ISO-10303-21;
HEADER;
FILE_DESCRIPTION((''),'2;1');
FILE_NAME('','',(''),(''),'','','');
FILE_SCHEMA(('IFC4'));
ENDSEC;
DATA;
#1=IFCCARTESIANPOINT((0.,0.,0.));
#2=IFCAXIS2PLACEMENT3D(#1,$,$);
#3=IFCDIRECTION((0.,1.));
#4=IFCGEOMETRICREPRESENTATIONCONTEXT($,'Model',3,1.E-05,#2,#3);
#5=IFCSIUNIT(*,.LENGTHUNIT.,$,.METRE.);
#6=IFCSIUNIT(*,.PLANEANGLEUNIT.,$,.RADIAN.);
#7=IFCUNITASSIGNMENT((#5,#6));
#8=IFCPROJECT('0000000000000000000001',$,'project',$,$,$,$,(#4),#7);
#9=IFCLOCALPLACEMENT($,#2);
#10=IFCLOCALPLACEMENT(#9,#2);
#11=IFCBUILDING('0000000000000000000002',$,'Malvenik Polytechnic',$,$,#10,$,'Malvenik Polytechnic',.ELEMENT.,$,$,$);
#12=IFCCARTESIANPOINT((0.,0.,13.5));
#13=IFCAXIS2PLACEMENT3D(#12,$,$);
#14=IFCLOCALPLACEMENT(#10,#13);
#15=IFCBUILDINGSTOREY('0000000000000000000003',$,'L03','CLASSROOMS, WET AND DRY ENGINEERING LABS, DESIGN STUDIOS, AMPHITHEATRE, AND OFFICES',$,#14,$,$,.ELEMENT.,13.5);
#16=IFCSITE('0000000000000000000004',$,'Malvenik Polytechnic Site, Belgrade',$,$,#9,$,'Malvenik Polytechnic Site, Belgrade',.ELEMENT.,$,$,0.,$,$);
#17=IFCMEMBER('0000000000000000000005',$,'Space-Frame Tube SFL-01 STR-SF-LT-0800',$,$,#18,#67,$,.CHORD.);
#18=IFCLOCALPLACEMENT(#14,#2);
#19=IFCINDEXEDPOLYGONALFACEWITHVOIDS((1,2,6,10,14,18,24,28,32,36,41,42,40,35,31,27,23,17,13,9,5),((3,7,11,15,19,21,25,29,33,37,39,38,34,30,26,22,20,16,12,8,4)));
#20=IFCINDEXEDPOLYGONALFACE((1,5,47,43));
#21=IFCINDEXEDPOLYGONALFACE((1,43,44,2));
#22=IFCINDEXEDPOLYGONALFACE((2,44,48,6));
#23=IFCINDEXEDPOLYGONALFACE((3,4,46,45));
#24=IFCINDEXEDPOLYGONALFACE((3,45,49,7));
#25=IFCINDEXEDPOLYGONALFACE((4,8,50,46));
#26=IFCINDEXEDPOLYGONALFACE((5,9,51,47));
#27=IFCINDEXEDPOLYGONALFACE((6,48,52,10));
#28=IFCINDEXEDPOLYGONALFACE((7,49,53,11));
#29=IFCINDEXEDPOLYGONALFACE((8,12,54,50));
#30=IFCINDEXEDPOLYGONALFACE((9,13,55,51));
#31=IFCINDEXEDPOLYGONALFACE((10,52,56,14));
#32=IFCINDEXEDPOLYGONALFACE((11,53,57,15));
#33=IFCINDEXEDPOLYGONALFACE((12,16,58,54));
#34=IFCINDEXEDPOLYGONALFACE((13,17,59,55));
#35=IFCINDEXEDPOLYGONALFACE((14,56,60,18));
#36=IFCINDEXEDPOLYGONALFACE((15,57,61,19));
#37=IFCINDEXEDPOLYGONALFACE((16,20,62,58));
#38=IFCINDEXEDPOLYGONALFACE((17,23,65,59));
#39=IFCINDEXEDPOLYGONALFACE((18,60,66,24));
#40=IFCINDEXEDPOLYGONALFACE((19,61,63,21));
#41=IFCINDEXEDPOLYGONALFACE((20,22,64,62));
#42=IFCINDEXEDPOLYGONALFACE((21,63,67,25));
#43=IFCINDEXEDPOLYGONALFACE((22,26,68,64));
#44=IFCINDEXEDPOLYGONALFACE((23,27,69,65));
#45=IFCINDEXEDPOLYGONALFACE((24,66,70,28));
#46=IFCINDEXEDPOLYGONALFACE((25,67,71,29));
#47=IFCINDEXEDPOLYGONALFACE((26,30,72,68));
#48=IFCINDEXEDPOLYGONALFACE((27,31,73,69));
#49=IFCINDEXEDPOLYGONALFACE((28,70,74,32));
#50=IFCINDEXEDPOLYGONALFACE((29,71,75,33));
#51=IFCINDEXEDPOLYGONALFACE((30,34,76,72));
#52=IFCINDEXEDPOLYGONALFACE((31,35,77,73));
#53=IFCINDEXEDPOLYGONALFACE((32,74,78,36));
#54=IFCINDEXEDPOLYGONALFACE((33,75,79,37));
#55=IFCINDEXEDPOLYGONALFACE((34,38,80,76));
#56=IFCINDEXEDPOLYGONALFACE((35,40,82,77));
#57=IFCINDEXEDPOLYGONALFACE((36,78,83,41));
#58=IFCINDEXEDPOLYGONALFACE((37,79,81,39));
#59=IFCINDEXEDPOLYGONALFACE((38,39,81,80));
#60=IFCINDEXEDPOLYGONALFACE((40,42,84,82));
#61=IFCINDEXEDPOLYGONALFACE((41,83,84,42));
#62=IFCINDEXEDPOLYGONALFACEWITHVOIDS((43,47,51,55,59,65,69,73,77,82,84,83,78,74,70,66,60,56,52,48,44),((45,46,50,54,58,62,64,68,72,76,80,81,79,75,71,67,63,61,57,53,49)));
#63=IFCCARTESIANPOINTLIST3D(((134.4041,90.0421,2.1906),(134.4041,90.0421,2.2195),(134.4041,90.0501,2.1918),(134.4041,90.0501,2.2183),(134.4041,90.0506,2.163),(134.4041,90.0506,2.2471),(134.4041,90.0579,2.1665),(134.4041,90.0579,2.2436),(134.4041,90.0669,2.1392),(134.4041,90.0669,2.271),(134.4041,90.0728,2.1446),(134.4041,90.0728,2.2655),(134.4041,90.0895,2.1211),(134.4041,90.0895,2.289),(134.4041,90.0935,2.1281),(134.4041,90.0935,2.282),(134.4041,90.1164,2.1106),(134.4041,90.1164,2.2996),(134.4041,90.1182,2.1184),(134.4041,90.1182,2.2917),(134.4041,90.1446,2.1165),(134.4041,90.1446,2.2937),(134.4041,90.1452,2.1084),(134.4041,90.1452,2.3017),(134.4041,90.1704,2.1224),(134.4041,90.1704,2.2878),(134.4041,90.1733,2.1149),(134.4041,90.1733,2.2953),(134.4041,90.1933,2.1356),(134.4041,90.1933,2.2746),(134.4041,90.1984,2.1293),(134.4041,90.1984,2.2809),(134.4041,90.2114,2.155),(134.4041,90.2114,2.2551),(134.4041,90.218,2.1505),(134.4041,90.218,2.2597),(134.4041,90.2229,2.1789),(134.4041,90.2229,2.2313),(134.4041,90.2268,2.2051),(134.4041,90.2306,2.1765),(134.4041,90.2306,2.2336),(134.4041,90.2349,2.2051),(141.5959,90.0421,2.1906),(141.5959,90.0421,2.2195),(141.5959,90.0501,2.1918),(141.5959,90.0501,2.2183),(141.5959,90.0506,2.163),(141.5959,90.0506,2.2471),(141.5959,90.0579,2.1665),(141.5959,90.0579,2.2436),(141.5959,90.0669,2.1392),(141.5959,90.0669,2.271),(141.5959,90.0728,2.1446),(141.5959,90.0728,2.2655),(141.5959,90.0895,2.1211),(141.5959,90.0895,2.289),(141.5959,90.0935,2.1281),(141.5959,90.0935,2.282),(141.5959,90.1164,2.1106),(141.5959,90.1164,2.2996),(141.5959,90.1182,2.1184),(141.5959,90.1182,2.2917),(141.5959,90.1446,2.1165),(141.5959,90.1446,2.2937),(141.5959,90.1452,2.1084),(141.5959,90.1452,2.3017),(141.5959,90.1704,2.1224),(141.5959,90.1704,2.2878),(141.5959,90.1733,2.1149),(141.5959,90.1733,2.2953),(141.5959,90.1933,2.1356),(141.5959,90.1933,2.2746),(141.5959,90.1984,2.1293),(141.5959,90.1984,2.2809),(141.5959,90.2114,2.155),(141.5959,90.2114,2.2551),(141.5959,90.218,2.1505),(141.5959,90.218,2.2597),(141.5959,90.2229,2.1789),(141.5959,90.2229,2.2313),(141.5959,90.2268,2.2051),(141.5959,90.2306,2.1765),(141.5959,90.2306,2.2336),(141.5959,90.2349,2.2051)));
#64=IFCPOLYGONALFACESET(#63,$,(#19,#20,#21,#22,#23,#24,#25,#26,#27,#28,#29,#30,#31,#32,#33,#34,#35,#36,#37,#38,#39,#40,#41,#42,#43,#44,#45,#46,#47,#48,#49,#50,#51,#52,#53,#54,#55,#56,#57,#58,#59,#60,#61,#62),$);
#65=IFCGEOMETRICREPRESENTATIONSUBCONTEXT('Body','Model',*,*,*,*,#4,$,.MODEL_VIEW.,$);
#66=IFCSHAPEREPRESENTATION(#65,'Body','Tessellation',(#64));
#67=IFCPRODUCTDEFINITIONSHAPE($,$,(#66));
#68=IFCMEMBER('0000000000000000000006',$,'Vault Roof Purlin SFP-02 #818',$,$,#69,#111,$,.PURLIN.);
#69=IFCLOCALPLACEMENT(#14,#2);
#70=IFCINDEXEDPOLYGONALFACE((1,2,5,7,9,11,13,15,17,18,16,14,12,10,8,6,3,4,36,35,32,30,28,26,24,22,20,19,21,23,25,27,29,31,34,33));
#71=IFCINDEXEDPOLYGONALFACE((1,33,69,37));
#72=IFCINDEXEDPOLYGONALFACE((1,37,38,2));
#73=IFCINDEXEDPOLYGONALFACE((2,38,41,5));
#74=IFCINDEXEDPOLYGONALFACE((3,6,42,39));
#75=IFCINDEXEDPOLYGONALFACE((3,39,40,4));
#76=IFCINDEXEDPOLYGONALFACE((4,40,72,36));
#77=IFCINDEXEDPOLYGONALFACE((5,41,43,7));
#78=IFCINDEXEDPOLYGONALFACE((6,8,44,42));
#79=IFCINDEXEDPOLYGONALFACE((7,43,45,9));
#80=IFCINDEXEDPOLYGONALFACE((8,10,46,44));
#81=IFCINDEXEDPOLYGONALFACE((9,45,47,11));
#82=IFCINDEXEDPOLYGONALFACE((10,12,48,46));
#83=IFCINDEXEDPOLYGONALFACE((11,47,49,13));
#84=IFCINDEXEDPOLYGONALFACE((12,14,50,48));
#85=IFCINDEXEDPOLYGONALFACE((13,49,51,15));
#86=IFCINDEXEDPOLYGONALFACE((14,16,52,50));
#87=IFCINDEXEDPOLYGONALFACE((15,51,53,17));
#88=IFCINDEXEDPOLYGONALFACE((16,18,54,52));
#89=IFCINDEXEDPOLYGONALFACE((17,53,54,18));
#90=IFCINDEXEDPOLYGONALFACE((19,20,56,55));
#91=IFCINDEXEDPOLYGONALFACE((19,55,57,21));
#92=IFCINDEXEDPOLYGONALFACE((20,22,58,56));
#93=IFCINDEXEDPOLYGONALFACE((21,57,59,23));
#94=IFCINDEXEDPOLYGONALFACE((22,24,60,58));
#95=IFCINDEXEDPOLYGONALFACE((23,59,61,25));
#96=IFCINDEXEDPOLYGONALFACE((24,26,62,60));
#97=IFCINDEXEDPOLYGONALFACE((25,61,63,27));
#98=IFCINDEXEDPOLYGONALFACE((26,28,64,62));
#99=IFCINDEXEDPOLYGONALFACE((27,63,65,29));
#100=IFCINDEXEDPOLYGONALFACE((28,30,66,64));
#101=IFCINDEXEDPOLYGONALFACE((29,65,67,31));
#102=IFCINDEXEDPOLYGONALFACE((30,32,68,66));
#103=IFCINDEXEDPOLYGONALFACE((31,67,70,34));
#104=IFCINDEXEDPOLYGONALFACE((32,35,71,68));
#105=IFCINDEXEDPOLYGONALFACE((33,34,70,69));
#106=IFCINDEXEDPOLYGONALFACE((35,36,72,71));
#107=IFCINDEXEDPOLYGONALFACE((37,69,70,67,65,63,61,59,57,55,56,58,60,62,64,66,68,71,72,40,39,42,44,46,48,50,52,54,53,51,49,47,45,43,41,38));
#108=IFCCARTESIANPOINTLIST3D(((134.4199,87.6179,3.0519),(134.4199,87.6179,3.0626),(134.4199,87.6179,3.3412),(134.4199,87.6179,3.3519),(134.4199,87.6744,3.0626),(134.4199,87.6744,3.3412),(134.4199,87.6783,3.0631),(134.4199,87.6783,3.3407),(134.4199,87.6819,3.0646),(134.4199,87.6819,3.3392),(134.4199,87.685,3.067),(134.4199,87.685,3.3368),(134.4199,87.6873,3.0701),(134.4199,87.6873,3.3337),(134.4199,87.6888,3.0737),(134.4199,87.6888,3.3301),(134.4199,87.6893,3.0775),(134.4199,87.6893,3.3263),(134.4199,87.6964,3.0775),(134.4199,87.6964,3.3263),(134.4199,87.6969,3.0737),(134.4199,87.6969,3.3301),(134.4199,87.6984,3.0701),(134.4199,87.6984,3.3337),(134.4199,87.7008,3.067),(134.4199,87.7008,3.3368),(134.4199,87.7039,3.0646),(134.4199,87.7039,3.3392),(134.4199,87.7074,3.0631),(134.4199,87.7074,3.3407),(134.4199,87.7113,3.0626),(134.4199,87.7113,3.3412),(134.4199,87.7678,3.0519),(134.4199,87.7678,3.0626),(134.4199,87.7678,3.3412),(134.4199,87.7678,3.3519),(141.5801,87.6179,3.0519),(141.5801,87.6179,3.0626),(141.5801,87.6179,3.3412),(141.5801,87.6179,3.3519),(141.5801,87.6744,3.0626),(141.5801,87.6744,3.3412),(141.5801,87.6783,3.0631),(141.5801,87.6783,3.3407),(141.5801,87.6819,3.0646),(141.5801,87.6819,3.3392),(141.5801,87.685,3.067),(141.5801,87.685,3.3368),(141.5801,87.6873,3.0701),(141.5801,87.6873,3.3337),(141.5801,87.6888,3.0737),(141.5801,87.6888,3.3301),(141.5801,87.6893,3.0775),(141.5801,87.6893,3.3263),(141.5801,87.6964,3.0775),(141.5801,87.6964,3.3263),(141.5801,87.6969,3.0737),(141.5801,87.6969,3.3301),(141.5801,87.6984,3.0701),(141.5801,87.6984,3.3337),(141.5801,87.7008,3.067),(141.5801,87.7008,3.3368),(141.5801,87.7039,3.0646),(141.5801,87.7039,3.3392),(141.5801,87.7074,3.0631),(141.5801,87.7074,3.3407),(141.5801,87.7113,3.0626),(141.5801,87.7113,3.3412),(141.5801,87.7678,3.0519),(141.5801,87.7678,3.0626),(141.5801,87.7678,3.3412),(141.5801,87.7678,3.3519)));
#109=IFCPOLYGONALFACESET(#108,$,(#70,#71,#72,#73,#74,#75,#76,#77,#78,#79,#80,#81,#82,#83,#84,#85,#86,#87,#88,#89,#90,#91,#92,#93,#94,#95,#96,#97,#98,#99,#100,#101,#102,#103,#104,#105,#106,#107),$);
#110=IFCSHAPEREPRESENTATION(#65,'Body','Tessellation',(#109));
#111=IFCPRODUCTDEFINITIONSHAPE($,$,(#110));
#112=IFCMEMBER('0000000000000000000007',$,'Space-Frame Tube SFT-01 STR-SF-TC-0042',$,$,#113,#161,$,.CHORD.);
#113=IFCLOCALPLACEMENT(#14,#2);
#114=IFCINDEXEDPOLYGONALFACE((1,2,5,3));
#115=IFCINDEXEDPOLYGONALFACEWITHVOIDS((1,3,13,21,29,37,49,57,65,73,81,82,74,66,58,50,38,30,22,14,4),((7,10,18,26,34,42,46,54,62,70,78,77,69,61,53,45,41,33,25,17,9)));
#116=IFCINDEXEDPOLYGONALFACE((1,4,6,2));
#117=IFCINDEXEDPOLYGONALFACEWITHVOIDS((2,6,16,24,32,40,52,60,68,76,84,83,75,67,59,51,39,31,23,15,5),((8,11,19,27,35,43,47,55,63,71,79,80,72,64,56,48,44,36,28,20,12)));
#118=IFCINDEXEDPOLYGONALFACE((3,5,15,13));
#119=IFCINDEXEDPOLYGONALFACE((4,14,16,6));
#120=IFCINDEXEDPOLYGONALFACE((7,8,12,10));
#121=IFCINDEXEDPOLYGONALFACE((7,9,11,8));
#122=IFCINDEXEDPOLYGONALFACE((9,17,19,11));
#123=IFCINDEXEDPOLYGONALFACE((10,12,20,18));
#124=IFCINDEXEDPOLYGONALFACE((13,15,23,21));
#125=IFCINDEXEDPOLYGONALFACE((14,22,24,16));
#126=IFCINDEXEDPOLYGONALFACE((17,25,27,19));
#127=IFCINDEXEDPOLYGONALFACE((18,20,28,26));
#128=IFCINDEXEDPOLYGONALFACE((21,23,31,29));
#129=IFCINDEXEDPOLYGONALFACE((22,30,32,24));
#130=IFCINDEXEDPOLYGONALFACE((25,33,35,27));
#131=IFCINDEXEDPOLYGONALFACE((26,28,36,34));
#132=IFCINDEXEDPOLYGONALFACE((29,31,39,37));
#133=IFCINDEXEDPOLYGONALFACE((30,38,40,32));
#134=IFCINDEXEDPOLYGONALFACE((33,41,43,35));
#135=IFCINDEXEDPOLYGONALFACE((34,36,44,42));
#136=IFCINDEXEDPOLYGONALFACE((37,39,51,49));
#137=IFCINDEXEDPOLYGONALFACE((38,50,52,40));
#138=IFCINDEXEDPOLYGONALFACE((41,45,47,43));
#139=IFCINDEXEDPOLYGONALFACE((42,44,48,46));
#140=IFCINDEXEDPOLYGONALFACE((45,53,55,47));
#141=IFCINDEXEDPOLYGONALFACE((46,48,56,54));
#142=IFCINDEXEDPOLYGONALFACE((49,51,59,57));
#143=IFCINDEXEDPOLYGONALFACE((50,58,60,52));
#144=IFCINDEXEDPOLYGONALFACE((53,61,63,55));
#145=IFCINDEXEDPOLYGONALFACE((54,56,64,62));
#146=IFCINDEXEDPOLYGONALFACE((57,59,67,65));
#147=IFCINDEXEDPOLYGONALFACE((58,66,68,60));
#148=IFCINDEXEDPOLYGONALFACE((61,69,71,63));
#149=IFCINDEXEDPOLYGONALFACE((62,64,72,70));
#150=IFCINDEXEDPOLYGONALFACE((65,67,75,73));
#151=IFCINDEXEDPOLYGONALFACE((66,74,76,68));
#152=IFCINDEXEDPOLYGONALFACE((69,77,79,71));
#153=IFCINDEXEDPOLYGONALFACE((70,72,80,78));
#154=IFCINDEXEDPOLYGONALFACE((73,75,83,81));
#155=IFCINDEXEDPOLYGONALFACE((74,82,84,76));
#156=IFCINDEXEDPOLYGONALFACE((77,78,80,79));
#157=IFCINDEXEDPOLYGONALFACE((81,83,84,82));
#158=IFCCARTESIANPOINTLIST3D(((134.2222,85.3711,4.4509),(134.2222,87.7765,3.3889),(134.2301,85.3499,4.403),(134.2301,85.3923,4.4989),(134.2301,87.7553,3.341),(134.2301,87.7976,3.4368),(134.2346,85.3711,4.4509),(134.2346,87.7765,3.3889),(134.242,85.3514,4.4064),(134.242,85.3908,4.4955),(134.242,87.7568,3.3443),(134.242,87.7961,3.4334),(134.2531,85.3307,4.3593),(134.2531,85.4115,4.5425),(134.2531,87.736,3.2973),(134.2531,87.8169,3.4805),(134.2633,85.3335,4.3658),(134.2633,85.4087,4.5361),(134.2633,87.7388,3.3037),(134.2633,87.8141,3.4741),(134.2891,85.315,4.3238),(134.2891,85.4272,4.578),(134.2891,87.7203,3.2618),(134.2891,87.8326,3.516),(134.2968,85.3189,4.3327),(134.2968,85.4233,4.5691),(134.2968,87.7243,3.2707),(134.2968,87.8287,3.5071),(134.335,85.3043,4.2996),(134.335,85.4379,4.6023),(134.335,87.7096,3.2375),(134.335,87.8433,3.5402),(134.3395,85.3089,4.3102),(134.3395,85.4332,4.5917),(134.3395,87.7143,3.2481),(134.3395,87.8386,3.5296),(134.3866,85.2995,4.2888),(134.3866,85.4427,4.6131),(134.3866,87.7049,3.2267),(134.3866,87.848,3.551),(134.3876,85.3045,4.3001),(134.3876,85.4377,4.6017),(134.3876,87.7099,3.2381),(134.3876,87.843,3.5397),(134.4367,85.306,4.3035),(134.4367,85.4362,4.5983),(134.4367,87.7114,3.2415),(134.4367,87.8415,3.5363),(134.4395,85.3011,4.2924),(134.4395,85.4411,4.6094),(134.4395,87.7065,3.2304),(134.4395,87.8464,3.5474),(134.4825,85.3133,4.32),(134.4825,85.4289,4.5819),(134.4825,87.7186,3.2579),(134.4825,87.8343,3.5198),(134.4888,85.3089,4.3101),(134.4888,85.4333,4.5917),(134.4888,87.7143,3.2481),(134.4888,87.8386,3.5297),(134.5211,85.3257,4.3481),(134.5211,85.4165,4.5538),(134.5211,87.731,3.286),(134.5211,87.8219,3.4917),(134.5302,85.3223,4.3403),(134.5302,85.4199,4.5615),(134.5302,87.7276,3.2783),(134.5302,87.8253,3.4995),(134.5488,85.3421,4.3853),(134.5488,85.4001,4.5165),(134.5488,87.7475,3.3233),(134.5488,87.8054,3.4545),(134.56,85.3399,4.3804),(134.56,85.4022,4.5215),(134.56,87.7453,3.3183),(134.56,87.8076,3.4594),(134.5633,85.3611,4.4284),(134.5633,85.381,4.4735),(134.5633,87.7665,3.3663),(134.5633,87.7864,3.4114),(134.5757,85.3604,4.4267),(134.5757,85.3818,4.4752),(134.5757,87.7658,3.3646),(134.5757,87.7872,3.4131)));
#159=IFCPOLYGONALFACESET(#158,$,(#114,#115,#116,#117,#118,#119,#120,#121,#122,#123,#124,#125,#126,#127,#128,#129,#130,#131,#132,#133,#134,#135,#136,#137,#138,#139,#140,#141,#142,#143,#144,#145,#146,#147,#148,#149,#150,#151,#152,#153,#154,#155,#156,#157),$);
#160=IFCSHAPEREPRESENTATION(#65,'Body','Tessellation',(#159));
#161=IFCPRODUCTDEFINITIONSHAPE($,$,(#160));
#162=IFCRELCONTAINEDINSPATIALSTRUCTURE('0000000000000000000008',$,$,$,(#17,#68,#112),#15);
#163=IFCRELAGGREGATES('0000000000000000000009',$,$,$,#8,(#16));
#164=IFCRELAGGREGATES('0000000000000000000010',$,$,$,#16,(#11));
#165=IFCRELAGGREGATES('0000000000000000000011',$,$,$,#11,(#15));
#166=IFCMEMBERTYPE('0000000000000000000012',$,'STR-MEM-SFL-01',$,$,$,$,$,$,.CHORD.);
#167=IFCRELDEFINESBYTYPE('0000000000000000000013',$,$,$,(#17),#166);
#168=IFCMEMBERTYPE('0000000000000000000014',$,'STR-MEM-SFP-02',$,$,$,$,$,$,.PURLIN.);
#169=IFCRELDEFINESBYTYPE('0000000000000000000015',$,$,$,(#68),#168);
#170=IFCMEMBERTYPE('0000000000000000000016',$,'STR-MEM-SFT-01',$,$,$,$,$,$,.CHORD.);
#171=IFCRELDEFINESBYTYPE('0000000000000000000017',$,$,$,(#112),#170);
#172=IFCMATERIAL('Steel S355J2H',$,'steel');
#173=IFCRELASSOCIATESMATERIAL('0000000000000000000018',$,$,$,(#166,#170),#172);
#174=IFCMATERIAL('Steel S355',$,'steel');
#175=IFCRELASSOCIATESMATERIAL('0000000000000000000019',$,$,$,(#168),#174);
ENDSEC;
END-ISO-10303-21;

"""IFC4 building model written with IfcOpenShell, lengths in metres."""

from ifc_helpers import new_model, si_unit, direction, frame, origin, origin_2d, place, context, subcontext, project, spatial, hollow_circle, i_section, extrude, material, material_profile, profile_set, type_object, element, save


model = new_model("IFC4")

# Units and contexts
model_context = context("Model", 3, precision=1e-05, world=origin(), true_north=direction((0.0, 1.0)))
body_context = subcontext(model_context, "Body", "Model", "MODEL_VIEW")
ifc_project = project(units=[si_unit("LENGTHUNIT", "METRE"), si_unit("PLANEANGLEUNIT", "RADIAN")], contexts=[model_context])

# Site, building, storey
site_placement = place(None, origin())
site = spatial("IfcSite", under=ifc_project, at=site_placement, Name="Malvenik Polytechnic Site, Belgrade", LongName="Malvenik Polytechnic Site, Belgrade", CompositionType="ELEMENT", RefElevation=0.0)
building_placement = place(site_placement, origin())
building = spatial("IfcBuilding", under=site, at=building_placement, Name="Malvenik Polytechnic", LongName="Malvenik Polytechnic", CompositionType="ELEMENT")
storey_placement = place(building_placement, frame((0.0, 0.0, 13.5)))
storey = spatial("IfcBuildingStorey", under=building, at=storey_placement, Name="L03", Description="CLASSROOMS, WET AND DRY ENGINEERING LABS, DESIGN STUDIOS, AMPHITHEATRE, AND OFFICES", CompositionType="ELEMENT", Elevation=13.5)

# Members
ifc_material_1 = material(Name="Steel S355J2H", Category="steel")
ifc_material_profile_1 = material_profile(ifc_material_1, hollow_circle(Radius=0.0969, WallThickness=0.0081, at=origin_2d()), Name="CHS 193.7x8.0")
ifc_profile_set_1 = profile_set([ifc_material_profile_1], Name="Steel S355J2H")
member_type_1 = type_object("IfcMemberType", Name="STR-MEM-SFL-01", PredefinedType="CHORD", material=ifc_profile_set_1)
for number, where, z_axis, x_axis, name in (
    (1, (134.4041, 90.1379, 2.2051), (1.0, 0.0, 0.0), (0.0, 1.0, 0.0), "Space-Frame Tube SFL-01 STR-SF-LT-0800"),
):
    element("IfcMember", number, at=place(storey_placement, frame(where, z_axis=z_axis, x_axis=x_axis)), inside=storey, type_object=member_type_1, Name=name, PredefinedType="CHORD", context=body_context, shape_type="SweptSolid", body=[
        extrude(hollow_circle(Radius=0.0969, WallThickness=0.0081, at=origin_2d()), origin(), (0.0, 0.0, 1.0), 7.1919),
    ])
ifc_material_2 = material(Name="Steel S355", Category="steel")
ifc_material_profile_2 = material_profile(ifc_material_2, i_section(OverallWidth=0.1499, OverallDepth=0.3, WebThickness=0.0071, FlangeThickness=0.0107, FilletRadius=0.0149, at=origin_2d()), Name="IPE 300")
ifc_profile_set_2 = profile_set([ifc_material_profile_2], Name="Steel S355")
member_type_2 = type_object("IfcMemberType", Name="STR-MEM-SFP-02", PredefinedType="PURLIN", material=ifc_profile_set_2)
member_1_placement = place(storey_placement, frame((134.4199, 87.6929, 3.2019), z_axis=(1.0, 0.0, 0.0), x_axis=(0.0, 1.0, 0.0)))
element("IfcMember", 2, at=member_1_placement, inside=storey, type_object=member_type_2, Name="Vault Roof Purlin SFP-02 #818", PredefinedType="PURLIN", context=body_context, shape_type="SweptSolid", body=[
    extrude(i_section(OverallWidth=0.1499, OverallDepth=0.3, WebThickness=0.0071, FlangeThickness=0.0107, FilletRadius=0.0149, at=origin_2d()), origin(), (0.0, 0.0, 1.0), 7.1602),
])
ifc_material_profile_3 = material_profile(ifc_material_1, hollow_circle(Radius=0.1777, WallThickness=0.0125, at=origin_2d()), Name="CHS 355.6x12.5")
ifc_profile_set_3 = profile_set([ifc_material_profile_3], Name="Steel S355J2H")
member_type_3 = type_object("IfcMemberType", Name="STR-MEM-SFT-01", PredefinedType="CHORD", material=ifc_profile_set_3)
for number, where, z_axis, x_axis, name in (
    (3, (134.3999, 85.3711, 4.4509), (0.0, 0.914797, -0.403915), (-1.0, 0.0, 0.0), "Space-Frame Tube SFT-01 STR-SF-TC-0042"),
):
    element("IfcMember", number, at=place(storey_placement, frame(where, z_axis=z_axis, x_axis=x_axis)), inside=storey, type_object=member_type_3, Name=name, PredefinedType="CHORD", context=body_context, shape_type="SweptSolid", body=[
        extrude(hollow_circle(Radius=0.1777, WallThickness=0.0125, at=origin_2d()), origin(), (0.0, 0.0, 1.0), 2.6294),
    ])

save(model, "model.ifc")
